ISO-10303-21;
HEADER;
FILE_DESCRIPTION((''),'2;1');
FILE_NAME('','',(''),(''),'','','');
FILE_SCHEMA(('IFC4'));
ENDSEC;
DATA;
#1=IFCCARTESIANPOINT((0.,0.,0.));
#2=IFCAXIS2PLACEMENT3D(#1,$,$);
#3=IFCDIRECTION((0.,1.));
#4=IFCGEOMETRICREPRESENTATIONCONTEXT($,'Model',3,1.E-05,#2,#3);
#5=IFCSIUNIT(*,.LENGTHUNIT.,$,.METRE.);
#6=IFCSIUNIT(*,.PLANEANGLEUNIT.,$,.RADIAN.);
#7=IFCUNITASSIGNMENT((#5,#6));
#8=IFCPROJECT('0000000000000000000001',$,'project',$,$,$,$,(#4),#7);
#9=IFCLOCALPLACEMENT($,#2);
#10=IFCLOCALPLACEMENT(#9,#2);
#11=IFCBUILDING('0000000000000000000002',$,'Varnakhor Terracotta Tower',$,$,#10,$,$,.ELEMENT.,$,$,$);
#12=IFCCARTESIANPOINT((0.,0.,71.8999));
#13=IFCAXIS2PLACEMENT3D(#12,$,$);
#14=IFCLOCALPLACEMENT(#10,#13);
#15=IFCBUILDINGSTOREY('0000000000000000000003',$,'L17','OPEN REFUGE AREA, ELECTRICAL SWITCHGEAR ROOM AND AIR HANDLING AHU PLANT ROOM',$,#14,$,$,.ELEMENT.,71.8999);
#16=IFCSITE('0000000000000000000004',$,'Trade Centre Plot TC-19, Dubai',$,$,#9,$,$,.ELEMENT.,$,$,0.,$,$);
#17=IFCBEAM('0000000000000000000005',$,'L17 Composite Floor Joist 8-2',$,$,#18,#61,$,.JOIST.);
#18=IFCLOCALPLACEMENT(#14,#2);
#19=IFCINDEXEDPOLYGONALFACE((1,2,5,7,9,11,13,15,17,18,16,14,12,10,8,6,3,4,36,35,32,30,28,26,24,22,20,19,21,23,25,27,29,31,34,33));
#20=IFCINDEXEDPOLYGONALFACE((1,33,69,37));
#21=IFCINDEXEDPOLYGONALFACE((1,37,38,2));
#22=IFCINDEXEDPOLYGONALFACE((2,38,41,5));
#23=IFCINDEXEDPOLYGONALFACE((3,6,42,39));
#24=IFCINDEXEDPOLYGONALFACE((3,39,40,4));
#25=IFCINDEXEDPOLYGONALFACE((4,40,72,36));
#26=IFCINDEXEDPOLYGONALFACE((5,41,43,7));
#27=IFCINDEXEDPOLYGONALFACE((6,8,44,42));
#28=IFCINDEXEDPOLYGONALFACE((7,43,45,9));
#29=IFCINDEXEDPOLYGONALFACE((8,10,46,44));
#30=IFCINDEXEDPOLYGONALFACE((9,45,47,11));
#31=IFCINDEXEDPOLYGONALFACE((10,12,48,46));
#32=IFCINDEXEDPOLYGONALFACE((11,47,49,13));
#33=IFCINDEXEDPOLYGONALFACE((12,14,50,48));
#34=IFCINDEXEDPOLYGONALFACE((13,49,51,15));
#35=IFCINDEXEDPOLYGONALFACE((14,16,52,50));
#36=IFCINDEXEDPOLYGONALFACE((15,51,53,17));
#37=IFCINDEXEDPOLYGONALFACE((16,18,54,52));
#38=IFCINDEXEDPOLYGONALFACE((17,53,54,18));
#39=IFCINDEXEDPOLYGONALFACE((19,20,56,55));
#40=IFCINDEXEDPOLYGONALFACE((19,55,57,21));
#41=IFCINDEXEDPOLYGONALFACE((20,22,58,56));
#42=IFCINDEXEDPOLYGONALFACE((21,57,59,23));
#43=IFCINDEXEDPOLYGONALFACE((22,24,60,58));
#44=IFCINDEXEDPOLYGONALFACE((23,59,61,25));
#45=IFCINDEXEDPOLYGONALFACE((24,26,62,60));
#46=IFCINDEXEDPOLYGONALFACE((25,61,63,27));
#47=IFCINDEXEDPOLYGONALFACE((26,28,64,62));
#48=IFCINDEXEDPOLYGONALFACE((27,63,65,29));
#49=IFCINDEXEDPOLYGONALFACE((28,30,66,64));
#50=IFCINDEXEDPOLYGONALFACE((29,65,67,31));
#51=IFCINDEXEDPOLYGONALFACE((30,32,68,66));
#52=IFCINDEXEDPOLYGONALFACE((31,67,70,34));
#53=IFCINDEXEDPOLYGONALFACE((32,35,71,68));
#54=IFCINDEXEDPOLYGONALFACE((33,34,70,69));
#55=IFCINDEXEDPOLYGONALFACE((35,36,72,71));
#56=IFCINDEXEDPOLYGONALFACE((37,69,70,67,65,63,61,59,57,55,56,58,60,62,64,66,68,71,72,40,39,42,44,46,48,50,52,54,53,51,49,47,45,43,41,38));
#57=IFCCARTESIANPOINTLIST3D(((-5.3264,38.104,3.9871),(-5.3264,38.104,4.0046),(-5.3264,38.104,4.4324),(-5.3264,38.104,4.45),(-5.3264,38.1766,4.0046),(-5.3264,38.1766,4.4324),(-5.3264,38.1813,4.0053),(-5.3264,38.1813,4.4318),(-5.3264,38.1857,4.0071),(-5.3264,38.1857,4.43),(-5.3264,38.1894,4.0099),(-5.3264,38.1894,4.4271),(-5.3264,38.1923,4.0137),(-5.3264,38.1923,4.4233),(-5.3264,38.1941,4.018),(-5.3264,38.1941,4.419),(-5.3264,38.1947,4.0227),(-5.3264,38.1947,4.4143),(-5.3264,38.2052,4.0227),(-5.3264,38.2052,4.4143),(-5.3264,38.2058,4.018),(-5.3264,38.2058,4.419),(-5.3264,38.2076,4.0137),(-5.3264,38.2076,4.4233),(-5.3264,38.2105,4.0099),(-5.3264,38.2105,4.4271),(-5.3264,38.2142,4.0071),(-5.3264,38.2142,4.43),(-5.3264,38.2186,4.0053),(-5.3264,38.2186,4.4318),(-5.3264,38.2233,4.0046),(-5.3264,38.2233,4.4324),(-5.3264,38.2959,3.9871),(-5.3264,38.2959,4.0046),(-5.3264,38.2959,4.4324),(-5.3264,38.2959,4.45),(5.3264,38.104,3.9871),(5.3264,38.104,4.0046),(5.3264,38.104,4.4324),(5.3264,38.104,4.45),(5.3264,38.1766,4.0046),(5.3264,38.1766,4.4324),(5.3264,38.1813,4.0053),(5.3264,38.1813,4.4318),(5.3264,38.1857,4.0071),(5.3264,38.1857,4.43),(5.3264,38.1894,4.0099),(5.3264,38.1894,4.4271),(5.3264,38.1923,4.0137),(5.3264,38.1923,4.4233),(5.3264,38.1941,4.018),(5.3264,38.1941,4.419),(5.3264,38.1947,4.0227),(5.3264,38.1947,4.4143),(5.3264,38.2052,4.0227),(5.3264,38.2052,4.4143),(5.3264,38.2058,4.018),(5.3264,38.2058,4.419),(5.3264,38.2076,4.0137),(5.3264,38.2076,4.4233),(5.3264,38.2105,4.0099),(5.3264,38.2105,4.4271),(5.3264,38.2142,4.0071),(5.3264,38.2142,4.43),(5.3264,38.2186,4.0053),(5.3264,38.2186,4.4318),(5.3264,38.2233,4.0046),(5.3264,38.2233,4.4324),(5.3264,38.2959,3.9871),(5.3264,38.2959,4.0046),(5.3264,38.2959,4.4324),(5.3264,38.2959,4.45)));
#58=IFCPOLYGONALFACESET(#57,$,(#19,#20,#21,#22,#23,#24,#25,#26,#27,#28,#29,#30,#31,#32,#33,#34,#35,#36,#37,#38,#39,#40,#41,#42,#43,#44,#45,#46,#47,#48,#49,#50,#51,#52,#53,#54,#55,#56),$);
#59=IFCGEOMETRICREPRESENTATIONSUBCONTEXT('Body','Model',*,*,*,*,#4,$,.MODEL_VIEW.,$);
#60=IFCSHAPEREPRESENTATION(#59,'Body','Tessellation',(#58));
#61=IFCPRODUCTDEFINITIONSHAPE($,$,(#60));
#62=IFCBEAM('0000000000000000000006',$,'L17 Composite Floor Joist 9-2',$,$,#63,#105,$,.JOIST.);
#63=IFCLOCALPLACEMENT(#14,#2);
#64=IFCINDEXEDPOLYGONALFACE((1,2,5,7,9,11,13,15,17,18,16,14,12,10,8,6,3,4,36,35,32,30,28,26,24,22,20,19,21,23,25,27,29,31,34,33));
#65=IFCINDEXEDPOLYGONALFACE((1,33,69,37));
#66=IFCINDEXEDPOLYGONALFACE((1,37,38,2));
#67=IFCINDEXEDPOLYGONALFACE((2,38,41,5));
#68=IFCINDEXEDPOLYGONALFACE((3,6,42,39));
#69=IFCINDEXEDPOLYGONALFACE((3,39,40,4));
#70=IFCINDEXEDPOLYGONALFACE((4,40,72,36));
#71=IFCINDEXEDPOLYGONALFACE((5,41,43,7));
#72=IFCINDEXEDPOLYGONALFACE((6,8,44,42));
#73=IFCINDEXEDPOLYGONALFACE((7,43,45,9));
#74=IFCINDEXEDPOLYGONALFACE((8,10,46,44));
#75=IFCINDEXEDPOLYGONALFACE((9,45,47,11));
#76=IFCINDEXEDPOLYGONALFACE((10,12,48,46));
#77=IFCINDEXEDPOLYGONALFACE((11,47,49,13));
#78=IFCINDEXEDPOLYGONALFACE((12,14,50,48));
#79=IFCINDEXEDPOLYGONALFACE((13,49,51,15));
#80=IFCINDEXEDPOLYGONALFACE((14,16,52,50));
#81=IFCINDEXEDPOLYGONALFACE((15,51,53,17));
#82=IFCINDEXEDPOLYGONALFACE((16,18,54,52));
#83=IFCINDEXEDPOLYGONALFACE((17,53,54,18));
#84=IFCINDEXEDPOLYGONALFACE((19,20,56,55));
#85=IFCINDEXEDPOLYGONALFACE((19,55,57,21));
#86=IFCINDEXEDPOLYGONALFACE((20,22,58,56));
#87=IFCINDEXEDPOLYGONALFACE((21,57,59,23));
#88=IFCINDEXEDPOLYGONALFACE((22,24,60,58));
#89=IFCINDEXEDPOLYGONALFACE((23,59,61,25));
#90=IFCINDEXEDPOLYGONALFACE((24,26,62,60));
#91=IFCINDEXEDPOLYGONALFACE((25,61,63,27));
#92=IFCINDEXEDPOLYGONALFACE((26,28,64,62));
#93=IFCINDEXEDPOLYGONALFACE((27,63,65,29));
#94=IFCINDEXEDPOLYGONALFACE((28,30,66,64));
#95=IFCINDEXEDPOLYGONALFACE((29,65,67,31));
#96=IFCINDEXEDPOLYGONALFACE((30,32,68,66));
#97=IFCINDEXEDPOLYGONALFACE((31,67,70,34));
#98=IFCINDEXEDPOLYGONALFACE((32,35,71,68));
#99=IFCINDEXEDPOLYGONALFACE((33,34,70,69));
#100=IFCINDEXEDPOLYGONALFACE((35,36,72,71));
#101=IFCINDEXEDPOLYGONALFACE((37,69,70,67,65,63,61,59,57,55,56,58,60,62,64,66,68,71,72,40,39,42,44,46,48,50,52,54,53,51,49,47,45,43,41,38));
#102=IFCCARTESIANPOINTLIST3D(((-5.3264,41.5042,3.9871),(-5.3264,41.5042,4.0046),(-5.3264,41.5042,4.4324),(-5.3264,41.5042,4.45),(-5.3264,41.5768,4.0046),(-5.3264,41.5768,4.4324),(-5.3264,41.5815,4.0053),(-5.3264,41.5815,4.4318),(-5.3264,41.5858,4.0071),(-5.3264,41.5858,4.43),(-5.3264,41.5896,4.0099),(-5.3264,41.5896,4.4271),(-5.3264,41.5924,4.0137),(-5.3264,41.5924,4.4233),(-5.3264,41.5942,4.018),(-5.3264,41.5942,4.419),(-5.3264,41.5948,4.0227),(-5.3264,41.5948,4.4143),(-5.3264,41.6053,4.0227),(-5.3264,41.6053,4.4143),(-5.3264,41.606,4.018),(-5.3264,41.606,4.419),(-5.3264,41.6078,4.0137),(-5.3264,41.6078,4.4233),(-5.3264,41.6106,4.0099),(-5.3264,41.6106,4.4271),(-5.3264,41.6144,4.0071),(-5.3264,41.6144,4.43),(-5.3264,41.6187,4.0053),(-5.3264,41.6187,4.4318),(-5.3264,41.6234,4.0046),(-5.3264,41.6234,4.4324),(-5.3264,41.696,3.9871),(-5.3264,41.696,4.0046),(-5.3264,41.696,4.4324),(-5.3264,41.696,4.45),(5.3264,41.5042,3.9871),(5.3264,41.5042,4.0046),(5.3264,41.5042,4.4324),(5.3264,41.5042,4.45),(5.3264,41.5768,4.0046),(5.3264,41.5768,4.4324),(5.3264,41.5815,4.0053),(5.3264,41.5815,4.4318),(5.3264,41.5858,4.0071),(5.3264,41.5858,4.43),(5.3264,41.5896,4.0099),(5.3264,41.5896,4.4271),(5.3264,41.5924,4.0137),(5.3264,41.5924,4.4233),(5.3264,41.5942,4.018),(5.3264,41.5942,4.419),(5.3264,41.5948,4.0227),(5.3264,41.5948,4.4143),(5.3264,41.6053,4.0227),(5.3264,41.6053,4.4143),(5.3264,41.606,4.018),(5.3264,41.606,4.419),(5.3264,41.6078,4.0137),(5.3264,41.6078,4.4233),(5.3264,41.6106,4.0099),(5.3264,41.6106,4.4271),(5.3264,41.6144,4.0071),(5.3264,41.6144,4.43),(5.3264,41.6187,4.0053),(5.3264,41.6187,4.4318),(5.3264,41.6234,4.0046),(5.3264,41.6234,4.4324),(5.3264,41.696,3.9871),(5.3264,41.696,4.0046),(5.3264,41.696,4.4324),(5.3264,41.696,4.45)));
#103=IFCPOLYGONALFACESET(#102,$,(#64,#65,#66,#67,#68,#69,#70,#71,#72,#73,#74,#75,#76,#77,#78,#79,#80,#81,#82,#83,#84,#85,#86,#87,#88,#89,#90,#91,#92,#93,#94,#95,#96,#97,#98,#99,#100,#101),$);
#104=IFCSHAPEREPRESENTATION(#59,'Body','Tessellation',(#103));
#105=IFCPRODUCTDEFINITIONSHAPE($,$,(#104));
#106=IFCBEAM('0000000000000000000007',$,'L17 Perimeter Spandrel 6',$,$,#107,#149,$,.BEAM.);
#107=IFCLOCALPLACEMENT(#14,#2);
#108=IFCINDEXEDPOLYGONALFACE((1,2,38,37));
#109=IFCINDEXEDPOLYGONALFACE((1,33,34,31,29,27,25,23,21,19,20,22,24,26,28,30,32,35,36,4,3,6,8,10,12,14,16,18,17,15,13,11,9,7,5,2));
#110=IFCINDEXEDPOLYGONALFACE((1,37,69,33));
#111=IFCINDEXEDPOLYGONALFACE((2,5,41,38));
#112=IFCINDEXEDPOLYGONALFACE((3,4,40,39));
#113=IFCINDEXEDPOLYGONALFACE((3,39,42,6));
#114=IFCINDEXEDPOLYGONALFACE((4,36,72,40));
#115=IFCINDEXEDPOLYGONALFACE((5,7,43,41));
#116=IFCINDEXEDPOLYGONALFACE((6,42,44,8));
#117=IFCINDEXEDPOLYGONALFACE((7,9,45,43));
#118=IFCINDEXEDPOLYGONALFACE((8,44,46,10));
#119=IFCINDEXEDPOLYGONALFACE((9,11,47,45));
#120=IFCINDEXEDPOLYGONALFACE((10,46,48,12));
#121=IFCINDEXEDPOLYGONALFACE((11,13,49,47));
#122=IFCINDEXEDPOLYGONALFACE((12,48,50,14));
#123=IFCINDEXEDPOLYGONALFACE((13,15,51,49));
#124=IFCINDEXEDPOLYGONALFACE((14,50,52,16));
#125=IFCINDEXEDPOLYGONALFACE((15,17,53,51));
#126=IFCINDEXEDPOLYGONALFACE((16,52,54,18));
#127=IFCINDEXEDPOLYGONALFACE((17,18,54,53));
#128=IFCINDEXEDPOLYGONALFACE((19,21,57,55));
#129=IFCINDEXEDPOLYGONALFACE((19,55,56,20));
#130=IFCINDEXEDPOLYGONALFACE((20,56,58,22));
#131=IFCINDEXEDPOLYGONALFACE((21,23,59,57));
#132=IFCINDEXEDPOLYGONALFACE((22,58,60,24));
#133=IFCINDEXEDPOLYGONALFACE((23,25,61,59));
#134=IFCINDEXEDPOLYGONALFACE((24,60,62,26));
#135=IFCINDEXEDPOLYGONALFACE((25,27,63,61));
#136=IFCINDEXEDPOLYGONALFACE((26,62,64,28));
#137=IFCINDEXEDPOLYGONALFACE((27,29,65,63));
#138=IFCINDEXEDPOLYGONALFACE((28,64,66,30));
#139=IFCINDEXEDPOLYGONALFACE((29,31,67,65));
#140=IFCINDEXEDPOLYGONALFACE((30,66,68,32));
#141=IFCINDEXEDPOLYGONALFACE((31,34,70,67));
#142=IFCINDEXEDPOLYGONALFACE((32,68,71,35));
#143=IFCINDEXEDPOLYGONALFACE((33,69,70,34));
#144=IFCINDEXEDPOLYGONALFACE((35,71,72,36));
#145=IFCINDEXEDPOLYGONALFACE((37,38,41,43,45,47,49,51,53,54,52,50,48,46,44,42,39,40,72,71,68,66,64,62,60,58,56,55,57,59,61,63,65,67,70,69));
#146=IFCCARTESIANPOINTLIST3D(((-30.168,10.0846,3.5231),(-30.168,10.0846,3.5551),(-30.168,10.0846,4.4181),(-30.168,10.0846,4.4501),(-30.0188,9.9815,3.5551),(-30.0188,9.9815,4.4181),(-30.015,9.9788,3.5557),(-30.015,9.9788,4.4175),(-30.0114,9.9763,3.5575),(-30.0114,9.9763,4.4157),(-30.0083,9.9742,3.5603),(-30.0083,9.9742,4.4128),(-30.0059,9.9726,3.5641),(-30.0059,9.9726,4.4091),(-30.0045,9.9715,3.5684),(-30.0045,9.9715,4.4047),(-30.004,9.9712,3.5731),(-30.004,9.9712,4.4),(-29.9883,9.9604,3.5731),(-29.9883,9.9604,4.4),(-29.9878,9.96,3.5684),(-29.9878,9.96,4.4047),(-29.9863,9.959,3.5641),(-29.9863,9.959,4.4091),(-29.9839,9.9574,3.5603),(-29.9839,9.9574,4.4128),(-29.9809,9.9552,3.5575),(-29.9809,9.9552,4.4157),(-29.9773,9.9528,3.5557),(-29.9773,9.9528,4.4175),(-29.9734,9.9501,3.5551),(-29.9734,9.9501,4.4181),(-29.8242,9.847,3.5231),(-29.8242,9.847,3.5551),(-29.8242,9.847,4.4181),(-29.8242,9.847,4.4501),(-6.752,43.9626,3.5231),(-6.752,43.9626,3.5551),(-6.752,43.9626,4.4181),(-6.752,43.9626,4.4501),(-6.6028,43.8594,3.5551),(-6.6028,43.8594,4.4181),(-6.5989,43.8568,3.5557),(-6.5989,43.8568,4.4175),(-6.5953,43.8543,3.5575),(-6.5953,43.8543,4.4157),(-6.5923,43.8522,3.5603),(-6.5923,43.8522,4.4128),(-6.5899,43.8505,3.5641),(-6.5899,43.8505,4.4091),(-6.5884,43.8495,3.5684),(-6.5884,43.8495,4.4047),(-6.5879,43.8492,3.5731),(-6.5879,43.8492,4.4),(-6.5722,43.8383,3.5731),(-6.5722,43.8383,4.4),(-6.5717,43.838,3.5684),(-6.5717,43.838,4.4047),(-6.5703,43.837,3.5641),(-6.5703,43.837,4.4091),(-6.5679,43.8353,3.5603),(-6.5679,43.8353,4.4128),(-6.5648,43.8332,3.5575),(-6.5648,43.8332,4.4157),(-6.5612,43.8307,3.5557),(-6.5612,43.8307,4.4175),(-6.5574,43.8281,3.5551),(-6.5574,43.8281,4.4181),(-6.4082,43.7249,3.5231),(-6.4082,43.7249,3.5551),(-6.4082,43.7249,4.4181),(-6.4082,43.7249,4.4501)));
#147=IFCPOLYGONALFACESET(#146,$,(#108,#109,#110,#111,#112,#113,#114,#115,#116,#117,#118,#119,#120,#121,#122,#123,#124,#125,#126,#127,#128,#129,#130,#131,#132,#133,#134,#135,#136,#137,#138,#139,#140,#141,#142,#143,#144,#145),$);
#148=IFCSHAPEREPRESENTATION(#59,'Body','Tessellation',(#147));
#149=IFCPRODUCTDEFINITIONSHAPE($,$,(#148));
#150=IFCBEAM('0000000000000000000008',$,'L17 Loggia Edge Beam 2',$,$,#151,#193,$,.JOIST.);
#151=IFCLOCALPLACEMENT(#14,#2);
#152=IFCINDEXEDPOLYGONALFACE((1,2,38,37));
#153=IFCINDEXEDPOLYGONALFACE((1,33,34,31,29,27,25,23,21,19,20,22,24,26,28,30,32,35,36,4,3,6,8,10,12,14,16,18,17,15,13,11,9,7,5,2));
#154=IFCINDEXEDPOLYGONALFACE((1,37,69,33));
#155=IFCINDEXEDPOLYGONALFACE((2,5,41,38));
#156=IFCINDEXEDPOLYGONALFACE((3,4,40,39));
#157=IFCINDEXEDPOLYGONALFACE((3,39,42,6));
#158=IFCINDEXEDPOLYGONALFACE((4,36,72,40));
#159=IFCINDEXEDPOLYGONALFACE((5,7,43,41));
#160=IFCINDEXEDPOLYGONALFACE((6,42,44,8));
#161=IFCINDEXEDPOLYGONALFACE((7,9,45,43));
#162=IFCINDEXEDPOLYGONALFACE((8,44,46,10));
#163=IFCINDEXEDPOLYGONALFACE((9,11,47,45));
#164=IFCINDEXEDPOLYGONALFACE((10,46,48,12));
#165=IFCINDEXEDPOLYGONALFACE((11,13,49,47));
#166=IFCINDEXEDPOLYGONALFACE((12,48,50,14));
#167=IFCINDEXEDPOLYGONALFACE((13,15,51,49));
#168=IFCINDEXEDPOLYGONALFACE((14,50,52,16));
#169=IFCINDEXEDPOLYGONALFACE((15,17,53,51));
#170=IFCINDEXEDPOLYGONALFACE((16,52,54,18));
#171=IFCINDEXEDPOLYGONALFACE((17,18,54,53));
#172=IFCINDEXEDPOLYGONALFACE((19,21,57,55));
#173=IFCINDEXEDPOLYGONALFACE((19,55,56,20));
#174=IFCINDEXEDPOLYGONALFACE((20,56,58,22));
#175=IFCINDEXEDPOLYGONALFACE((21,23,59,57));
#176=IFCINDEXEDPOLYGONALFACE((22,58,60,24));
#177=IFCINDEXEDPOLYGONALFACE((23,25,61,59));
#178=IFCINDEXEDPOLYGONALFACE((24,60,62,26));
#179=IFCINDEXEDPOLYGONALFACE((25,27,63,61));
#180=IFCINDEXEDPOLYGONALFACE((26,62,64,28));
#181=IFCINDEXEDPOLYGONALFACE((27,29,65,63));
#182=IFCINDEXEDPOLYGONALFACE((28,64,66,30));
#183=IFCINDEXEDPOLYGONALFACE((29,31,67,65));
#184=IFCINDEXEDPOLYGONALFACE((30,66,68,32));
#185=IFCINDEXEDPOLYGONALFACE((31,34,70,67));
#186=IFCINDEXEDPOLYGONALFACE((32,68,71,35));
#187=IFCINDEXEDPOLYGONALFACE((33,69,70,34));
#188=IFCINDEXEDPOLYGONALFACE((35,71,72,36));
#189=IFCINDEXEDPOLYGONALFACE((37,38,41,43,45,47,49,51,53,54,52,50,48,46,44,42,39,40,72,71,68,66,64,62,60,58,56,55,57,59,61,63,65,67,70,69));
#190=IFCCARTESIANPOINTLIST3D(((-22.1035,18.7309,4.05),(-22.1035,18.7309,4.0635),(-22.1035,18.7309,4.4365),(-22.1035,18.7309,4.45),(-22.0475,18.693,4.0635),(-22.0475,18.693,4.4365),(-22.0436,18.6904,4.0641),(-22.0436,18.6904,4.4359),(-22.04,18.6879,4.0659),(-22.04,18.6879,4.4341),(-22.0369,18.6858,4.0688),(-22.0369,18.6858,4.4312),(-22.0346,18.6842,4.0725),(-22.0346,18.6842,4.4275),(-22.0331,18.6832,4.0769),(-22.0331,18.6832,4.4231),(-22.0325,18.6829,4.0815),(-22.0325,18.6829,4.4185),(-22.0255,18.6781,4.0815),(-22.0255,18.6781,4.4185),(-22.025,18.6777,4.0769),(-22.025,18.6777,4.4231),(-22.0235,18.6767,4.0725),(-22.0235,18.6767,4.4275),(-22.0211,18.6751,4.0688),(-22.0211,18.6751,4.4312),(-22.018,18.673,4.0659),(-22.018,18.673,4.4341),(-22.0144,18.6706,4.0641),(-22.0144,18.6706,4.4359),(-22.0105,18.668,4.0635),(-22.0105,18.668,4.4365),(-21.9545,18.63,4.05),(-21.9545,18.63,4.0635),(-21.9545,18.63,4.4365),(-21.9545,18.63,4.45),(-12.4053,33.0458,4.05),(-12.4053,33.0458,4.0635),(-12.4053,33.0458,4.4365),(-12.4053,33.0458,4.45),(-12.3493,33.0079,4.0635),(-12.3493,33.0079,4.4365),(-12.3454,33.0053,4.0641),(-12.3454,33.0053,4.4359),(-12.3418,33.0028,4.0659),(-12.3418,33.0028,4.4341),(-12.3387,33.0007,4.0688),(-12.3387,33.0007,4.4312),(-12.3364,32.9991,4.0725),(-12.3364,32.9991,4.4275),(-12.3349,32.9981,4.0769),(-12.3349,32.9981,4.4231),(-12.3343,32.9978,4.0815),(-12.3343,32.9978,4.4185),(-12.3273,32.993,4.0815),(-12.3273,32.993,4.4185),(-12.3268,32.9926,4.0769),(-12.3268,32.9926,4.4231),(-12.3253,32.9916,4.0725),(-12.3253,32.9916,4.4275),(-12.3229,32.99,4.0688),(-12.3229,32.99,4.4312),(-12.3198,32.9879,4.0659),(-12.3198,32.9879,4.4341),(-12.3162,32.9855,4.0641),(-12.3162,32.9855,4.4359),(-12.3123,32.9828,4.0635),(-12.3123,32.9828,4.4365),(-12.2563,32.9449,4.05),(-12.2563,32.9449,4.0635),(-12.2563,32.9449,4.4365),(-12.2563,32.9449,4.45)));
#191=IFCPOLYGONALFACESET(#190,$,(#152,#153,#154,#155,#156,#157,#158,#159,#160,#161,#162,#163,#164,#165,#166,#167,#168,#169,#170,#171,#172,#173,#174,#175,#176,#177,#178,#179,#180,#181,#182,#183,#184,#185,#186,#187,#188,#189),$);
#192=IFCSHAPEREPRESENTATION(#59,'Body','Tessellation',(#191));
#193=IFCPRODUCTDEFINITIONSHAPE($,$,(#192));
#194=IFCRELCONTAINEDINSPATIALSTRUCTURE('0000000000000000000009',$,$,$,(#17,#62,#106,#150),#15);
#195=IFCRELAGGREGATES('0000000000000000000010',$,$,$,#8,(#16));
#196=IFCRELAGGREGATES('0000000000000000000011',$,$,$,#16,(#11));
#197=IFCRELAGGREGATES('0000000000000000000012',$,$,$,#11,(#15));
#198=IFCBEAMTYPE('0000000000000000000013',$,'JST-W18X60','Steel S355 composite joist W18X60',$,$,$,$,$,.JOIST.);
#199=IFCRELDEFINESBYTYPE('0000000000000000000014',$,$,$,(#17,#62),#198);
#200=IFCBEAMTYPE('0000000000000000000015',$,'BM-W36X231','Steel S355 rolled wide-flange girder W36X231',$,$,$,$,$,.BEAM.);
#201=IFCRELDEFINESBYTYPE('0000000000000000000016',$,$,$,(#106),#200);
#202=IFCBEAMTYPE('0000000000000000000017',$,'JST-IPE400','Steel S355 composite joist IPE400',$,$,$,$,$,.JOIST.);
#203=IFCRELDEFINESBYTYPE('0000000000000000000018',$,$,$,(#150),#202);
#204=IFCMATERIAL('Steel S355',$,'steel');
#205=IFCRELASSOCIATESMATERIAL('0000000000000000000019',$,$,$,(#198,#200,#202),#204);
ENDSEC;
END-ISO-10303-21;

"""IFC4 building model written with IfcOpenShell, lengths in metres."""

from ifc_helpers import new_model, si_unit, direction, frame, origin, origin_2d, place, context, subcontext, project, spatial, i_section, extrude, source, transform, mapped, material, material_profile, profile_set, type_object, element, save


model = new_model("IFC4")

# Units and contexts
model_context = context("Model", 3, precision=1e-05, world=origin(), true_north=direction((0.0, 1.0)))
body_context = subcontext(model_context, "Body", "Model", "MODEL_VIEW")
ifc_project = project(units=[si_unit("LENGTHUNIT", "METRE"), si_unit("PLANEANGLEUNIT", "RADIAN")], contexts=[model_context])

# Site, building, storey
site_placement = place(None, origin())
site = spatial("IfcSite", under=ifc_project, at=site_placement, Name="Trade Centre Plot TC-19, Dubai", CompositionType="ELEMENT", RefElevation=0.0)
building_placement = place(site_placement, origin())
building = spatial("IfcBuilding", under=site, at=building_placement, Name="Varnakhor Terracotta Tower", CompositionType="ELEMENT")
storey_placement = place(building_placement, frame((0.0, 0.0, 71.8999)))
storey = spatial("IfcBuildingStorey", under=building, at=storey_placement, Name="L17", Description="OPEN REFUGE AREA, ELECTRICAL SWITCHGEAR ROOM AND AIR HANDLING AHU PLANT ROOM", CompositionType="ELEMENT", Elevation=71.8999)

# Beams
ifc_material_1 = material(Name="Steel S355", Category="steel")
ifc_material_profile_1 = material_profile(ifc_material_1, i_section(OverallWidth=0.1919, OverallDepth=0.4629, WebThickness=0.0105, FlangeThickness=0.0176, FilletRadius=0.0181, at=origin_2d()), Name="W18X60")
ifc_profile_set_1 = profile_set([ifc_material_profile_1], Name="Steel S355")
beam_type_1 = type_object("IfcBeamType", Name="JST-W18X60", Description="Steel S355 composite joist W18X60", PredefinedType="JOIST", material=ifc_profile_set_1)
shared_shape_1 = source(origin(), body_context, "Body", "SweptSolid", [
    extrude(i_section(OverallWidth=0.1919, OverallDepth=0.4629, WebThickness=0.0105, FlangeThickness=0.0176, FilletRadius=0.0181, at=origin_2d()), origin(), (0.0, 0.0, 1.0), 10.6528),
])
for number, where, z_axis, x_axis, name in (
    (1, (-5.3264, 38.2, 4.2185), (1.0, 0.0, 0.0), (0.0, 1.0, 0.0), "L17 Composite Floor Joist 8-2"),
    (2, (-5.3264, 41.6001, 4.2185), (1.0, 0.0, 0.0), (0.0, 1.0, 0.0), "L17 Composite Floor Joist 9-2"),
):
    element("IfcBeam", number, at=place(storey_placement, frame(where, z_axis=z_axis, x_axis=x_axis)), inside=storey, type_object=beam_type_1, Name=name, PredefinedType="JOIST", context=body_context, shape_type="MappedRepresentation", body=[
        mapped(shared_shape_1, transform((0.0, 0.0, 0.0), scale=1.0)),
    ])
ifc_material_profile_2 = material_profile(ifc_material_1, i_section(OverallWidth=0.418, OverallDepth=0.927, WebThickness=0.019, FlangeThickness=0.032, FilletRadius=0.0181, at=origin_2d()), Name="W36X231")
ifc_profile_set_2 = profile_set([ifc_material_profile_2], Name="Steel S355")
beam_type_2 = type_object("IfcBeamType", Name="BM-W36X231", Description="Steel S355 rolled wide-flange girder W36X231", PredefinedType="BEAM", material=ifc_profile_set_2)
shared_shape_2 = source(origin(), body_context, "Body", "SweptSolid", [
    extrude(i_section(OverallWidth=0.418, OverallDepth=0.927, WebThickness=0.019, FlangeThickness=0.032, FilletRadius=0.0181, at=origin_2d()), origin(), (0.0, 0.0, 1.0), 41.1829),
])
beam_1_placement = place(storey_placement, frame((-6.5801, 43.8438, 3.9866), z_axis=(-0.568587, -0.822623, 0.0), x_axis=(0.822623, -0.568587, 0.0)))
element("IfcBeam", 3, at=beam_1_placement, inside=storey, type_object=beam_type_2, Name="L17 Perimeter Spandrel 6", PredefinedType="BEAM", context=body_context, shape_type="MappedRepresentation", body=[
    mapped(shared_shape_2, transform((0.0, 0.0, 0.0), scale=1.0)),
])
ifc_material_profile_3 = material_profile(ifc_material_1, i_section(OverallWidth=0.1799, OverallDepth=0.3999, WebThickness=0.0085, FlangeThickness=0.0134, FilletRadius=0.0181, at=origin_2d()), Name="IPE400")
ifc_profile_set_3 = profile_set([ifc_material_profile_3], Name="Steel S355")
beam_type_3 = type_object("IfcBeamType", Name="JST-IPE400", Description="Steel S355 composite joist IPE400", PredefinedType="JOIST", material=ifc_profile_set_3)
shared_shape_3 = source(origin(), body_context, "Body", "SweptSolid", [
    extrude(i_section(OverallWidth=0.1799, OverallDepth=0.3999, WebThickness=0.0085, FlangeThickness=0.0134, FilletRadius=0.0181, at=origin_2d()), origin(), (0.0, 0.0, 1.0), 17.2908),
])
beam_2_placement = place(storey_placement, frame((-12.3308, 32.9954, 4.25), z_axis=(-0.560889, -0.827891, 0.0), x_axis=(0.827891, -0.560889, 0.0)))
element("IfcBeam", 4, at=beam_2_placement, inside=storey, type_object=beam_type_3, Name="L17 Loggia Edge Beam 2", PredefinedType="JOIST", context=body_context, shape_type="MappedRepresentation", body=[
    mapped(shared_shape_3, transform((0.0, 0.0, 0.0), scale=1.0)),
])

save(model, "model.ifc")
